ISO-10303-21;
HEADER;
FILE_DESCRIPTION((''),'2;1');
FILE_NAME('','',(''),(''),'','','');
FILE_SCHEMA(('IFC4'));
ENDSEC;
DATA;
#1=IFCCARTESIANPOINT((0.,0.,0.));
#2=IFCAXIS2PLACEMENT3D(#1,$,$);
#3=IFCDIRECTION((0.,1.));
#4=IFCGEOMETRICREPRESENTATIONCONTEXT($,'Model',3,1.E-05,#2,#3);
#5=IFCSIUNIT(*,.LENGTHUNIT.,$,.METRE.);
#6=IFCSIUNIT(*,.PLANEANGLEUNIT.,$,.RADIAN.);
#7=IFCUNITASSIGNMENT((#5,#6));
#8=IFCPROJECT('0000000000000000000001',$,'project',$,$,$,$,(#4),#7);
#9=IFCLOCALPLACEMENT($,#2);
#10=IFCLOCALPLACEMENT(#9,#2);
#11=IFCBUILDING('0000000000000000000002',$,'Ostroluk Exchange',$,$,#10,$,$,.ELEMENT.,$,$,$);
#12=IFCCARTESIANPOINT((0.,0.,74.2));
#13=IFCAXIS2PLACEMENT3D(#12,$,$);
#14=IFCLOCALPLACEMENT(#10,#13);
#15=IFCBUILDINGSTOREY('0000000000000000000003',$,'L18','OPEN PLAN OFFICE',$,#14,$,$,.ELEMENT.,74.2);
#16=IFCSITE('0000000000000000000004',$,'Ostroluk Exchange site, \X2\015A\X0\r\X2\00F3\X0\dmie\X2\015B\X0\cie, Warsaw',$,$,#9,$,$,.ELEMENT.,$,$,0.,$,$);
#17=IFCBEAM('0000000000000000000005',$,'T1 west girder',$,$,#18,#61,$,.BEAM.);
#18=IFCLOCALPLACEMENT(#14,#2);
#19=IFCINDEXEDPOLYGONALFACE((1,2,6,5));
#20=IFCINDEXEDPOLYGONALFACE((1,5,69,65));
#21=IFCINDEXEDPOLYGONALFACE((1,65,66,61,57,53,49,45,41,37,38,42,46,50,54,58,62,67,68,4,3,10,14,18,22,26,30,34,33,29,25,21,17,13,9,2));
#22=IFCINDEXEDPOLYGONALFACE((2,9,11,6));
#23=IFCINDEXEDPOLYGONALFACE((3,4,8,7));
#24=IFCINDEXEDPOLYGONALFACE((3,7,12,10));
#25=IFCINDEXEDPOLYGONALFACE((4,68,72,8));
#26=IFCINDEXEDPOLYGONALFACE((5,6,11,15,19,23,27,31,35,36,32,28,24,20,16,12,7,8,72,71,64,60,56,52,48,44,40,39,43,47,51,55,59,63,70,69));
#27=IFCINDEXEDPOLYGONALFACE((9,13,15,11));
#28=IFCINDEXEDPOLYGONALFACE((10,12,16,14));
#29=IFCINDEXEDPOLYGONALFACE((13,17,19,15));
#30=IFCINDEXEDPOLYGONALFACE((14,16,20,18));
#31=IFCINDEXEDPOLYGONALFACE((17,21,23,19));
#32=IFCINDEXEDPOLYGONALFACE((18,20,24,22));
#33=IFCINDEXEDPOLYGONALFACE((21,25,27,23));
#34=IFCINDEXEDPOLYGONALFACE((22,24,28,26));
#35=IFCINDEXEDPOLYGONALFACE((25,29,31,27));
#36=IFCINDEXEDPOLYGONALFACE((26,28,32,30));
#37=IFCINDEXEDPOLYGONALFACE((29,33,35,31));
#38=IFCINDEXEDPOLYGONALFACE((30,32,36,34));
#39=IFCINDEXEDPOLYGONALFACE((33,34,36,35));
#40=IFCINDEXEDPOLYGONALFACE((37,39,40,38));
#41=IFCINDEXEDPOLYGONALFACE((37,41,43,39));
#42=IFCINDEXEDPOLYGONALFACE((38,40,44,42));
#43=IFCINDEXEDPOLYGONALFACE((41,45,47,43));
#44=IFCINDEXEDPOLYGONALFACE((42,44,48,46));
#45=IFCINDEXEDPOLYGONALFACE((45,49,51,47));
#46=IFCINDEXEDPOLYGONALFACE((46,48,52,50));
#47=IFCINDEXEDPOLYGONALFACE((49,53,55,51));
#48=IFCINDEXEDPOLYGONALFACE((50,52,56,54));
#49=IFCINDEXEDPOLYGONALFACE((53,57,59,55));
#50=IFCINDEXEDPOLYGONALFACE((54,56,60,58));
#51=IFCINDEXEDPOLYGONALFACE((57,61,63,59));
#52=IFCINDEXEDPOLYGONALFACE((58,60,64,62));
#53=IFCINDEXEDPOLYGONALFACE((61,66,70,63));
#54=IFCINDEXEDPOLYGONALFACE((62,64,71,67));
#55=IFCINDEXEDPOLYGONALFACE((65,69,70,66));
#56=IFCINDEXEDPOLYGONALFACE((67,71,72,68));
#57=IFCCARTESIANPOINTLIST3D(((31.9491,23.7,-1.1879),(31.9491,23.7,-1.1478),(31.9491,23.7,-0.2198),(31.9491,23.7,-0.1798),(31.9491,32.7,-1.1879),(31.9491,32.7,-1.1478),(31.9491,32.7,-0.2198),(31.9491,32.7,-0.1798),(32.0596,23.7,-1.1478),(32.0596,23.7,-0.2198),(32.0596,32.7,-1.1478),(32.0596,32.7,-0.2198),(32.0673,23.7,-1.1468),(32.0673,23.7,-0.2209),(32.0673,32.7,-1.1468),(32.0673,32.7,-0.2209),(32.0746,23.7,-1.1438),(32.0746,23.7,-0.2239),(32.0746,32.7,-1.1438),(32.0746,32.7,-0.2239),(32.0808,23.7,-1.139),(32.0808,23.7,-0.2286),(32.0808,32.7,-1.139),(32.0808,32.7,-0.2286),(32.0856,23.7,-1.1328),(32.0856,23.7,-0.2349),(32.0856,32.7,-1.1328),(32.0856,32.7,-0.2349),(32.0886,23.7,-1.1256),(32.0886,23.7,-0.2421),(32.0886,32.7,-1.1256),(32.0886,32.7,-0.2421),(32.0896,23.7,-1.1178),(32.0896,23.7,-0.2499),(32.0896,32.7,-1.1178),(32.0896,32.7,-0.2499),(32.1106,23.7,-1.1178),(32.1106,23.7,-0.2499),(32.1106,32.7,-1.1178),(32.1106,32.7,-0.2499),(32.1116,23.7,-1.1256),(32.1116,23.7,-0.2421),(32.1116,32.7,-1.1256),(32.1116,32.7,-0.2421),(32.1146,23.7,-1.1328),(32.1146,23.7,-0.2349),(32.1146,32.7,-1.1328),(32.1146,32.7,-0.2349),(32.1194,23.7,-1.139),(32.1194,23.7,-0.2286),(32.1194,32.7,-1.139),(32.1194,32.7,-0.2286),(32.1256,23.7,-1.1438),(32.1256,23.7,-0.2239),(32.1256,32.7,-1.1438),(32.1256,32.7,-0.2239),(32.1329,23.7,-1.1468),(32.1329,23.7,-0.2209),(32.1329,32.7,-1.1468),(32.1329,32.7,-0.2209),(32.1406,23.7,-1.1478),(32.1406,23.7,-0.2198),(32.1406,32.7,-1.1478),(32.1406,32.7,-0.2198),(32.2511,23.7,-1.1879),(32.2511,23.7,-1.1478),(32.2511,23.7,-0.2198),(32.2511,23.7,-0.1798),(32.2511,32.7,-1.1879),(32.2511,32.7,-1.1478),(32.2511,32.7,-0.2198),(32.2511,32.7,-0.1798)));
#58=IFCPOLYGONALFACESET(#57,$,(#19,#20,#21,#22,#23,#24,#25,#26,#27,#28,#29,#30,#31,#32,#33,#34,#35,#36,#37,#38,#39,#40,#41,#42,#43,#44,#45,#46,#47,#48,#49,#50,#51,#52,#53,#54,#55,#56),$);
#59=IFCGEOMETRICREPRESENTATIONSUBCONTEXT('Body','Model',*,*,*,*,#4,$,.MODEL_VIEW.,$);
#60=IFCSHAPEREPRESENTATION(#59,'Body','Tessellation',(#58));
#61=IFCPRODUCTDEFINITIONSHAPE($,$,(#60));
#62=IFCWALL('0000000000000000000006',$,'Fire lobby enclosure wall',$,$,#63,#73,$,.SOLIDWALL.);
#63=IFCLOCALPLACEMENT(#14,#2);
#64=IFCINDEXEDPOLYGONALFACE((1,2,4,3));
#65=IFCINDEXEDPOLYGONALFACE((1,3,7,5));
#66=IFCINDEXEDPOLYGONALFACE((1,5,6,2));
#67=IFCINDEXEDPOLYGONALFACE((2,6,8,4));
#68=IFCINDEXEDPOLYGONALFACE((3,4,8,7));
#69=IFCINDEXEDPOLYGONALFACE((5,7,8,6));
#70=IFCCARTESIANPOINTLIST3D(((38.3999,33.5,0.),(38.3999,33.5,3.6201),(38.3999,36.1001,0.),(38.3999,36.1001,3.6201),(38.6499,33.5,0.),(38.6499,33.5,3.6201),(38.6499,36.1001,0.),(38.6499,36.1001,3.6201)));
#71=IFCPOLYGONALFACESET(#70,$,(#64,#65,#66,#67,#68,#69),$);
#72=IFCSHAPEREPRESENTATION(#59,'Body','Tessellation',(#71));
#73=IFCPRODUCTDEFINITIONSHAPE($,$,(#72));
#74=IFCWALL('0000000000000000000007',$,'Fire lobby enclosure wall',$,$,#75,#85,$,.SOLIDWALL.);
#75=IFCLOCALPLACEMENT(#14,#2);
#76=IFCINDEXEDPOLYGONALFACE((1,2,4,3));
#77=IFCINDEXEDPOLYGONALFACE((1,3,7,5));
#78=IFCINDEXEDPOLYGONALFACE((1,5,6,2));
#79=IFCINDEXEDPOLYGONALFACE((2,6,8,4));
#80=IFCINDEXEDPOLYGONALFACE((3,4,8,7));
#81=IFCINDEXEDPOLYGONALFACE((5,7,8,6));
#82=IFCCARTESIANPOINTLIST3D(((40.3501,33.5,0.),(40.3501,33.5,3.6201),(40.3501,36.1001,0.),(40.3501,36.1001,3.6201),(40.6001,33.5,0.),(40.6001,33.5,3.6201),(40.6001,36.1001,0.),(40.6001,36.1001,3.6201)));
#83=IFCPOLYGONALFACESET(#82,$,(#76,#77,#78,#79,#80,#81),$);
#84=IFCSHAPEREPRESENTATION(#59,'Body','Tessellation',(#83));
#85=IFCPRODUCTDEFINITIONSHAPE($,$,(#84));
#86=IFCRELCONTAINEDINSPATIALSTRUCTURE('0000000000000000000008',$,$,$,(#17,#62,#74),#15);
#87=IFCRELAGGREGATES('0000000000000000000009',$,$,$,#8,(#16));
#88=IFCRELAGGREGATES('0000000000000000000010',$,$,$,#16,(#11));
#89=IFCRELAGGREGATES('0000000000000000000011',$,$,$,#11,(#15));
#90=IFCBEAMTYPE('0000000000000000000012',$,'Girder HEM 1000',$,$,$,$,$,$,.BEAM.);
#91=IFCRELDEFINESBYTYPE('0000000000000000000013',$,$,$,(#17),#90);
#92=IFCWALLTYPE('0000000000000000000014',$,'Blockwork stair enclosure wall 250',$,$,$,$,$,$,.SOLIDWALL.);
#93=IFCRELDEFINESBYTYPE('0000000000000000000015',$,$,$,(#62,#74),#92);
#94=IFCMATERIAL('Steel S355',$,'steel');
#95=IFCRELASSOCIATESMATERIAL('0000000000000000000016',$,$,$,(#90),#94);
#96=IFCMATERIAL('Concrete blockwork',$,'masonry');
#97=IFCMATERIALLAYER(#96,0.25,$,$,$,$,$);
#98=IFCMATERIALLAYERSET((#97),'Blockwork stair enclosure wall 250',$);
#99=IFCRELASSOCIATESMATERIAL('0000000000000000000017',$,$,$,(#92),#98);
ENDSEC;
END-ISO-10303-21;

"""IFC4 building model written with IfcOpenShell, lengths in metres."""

from ifc_helpers import new_model, si_unit, direction, frame, frame_2d, origin, origin_2d, place, context, subcontext, project, spatial, rectangle, i_section, extrude, material, layer, layer_set, material_profile, profile_set, type_object, element, save


model = new_model("IFC4")

# Units and contexts
model_context = context("Model", 3, precision=1e-05, world=origin(), true_north=direction((0.0, 1.0)))
body_context = subcontext(model_context, "Body", "Model", "MODEL_VIEW")
ifc_project = project(units=[si_unit("LENGTHUNIT", "METRE"), si_unit("PLANEANGLEUNIT", "RADIAN")], contexts=[model_context])

# Site, building, storey
site_placement = place(None, origin())
site = spatial("IfcSite", under=ifc_project, at=site_placement, Name="Ostroluk Exchange site, Śródmieście, Warsaw", CompositionType="ELEMENT", RefElevation=0.0)
building_placement = place(site_placement, origin())
building = spatial("IfcBuilding", under=site, at=building_placement, Name="Ostroluk Exchange", CompositionType="ELEMENT")
storey_placement = place(building_placement, frame((0.0, 0.0, 74.2)))
storey = spatial("IfcBuildingStorey", under=building, at=storey_placement, Name="L18", Description="OPEN PLAN OFFICE", CompositionType="ELEMENT", Elevation=74.2)

# Beam
ifc_material_1 = material(Name="Steel S355", Category="steel")
ifc_material_profile_1 = material_profile(ifc_material_1, i_section(OverallWidth=0.302, OverallDepth=1.0081, WebThickness=0.021, FlangeThickness=0.04, FilletRadius=0.03, at=origin_2d()), Name="HEM 1000")
ifc_profile_set_1 = profile_set([ifc_material_profile_1], Name="Steel S355")
beam_type_1 = type_object("IfcBeamType", Name="Girder HEM 1000", PredefinedType="BEAM", material=ifc_profile_set_1)
beam_1_placement = place(storey_placement, frame((32.1001, 32.7, -0.6838), z_axis=(0.0, -1.0, 0.0), x_axis=(1.0, 0.0, 0.0)))
element("IfcBeam", 1, at=beam_1_placement, inside=storey, type_object=beam_type_1, Name="T1 west girder", PredefinedType="BEAM", context=body_context, shape_type="SweptSolid", body=[
    extrude(i_section(OverallWidth=0.302, OverallDepth=1.0081, WebThickness=0.021, FlangeThickness=0.04, FilletRadius=0.03, at=origin_2d()), origin(), (0.0, 0.0, 1.0), 9.0),
])

# Walls
ifc_material_2 = material(Name="Concrete blockwork", Category="masonry")
ifc_layer_1 = layer(ifc_material_2, 0.25)
ifc_layer_set_1 = layer_set([ifc_layer_1], Name="Blockwork stair enclosure wall 250")
wall_type_1 = type_object("IfcWallType", Name="Blockwork stair enclosure wall 250", PredefinedType="SOLIDWALL", material=ifc_layer_set_1)
for number, where, z_axis, x_axis, name in (
    (2, (38.5249, 33.5, 0.0), (0.0, 0.0, 1.0), (0.0, 1.0, 0.0), "Fire lobby enclosure wall"),
    (3, (40.4751, 33.5, 0.0), (0.0, 0.0, 1.0), (0.0, 1.0, 0.0), "Fire lobby enclosure wall"),
):
    element("IfcWall", number, at=place(storey_placement, frame(where, z_axis=z_axis, x_axis=x_axis)), inside=storey, type_object=wall_type_1, Name=name, PredefinedType="SOLIDWALL", context=body_context, shape_type="SweptSolid", body=[
        extrude(rectangle(XDim=2.6001, YDim=0.25, at=frame_2d((1.3, 0.0))), origin(), (0.0, 0.0, 1.0), 3.6201),
    ])

save(model, "model.ifc")
